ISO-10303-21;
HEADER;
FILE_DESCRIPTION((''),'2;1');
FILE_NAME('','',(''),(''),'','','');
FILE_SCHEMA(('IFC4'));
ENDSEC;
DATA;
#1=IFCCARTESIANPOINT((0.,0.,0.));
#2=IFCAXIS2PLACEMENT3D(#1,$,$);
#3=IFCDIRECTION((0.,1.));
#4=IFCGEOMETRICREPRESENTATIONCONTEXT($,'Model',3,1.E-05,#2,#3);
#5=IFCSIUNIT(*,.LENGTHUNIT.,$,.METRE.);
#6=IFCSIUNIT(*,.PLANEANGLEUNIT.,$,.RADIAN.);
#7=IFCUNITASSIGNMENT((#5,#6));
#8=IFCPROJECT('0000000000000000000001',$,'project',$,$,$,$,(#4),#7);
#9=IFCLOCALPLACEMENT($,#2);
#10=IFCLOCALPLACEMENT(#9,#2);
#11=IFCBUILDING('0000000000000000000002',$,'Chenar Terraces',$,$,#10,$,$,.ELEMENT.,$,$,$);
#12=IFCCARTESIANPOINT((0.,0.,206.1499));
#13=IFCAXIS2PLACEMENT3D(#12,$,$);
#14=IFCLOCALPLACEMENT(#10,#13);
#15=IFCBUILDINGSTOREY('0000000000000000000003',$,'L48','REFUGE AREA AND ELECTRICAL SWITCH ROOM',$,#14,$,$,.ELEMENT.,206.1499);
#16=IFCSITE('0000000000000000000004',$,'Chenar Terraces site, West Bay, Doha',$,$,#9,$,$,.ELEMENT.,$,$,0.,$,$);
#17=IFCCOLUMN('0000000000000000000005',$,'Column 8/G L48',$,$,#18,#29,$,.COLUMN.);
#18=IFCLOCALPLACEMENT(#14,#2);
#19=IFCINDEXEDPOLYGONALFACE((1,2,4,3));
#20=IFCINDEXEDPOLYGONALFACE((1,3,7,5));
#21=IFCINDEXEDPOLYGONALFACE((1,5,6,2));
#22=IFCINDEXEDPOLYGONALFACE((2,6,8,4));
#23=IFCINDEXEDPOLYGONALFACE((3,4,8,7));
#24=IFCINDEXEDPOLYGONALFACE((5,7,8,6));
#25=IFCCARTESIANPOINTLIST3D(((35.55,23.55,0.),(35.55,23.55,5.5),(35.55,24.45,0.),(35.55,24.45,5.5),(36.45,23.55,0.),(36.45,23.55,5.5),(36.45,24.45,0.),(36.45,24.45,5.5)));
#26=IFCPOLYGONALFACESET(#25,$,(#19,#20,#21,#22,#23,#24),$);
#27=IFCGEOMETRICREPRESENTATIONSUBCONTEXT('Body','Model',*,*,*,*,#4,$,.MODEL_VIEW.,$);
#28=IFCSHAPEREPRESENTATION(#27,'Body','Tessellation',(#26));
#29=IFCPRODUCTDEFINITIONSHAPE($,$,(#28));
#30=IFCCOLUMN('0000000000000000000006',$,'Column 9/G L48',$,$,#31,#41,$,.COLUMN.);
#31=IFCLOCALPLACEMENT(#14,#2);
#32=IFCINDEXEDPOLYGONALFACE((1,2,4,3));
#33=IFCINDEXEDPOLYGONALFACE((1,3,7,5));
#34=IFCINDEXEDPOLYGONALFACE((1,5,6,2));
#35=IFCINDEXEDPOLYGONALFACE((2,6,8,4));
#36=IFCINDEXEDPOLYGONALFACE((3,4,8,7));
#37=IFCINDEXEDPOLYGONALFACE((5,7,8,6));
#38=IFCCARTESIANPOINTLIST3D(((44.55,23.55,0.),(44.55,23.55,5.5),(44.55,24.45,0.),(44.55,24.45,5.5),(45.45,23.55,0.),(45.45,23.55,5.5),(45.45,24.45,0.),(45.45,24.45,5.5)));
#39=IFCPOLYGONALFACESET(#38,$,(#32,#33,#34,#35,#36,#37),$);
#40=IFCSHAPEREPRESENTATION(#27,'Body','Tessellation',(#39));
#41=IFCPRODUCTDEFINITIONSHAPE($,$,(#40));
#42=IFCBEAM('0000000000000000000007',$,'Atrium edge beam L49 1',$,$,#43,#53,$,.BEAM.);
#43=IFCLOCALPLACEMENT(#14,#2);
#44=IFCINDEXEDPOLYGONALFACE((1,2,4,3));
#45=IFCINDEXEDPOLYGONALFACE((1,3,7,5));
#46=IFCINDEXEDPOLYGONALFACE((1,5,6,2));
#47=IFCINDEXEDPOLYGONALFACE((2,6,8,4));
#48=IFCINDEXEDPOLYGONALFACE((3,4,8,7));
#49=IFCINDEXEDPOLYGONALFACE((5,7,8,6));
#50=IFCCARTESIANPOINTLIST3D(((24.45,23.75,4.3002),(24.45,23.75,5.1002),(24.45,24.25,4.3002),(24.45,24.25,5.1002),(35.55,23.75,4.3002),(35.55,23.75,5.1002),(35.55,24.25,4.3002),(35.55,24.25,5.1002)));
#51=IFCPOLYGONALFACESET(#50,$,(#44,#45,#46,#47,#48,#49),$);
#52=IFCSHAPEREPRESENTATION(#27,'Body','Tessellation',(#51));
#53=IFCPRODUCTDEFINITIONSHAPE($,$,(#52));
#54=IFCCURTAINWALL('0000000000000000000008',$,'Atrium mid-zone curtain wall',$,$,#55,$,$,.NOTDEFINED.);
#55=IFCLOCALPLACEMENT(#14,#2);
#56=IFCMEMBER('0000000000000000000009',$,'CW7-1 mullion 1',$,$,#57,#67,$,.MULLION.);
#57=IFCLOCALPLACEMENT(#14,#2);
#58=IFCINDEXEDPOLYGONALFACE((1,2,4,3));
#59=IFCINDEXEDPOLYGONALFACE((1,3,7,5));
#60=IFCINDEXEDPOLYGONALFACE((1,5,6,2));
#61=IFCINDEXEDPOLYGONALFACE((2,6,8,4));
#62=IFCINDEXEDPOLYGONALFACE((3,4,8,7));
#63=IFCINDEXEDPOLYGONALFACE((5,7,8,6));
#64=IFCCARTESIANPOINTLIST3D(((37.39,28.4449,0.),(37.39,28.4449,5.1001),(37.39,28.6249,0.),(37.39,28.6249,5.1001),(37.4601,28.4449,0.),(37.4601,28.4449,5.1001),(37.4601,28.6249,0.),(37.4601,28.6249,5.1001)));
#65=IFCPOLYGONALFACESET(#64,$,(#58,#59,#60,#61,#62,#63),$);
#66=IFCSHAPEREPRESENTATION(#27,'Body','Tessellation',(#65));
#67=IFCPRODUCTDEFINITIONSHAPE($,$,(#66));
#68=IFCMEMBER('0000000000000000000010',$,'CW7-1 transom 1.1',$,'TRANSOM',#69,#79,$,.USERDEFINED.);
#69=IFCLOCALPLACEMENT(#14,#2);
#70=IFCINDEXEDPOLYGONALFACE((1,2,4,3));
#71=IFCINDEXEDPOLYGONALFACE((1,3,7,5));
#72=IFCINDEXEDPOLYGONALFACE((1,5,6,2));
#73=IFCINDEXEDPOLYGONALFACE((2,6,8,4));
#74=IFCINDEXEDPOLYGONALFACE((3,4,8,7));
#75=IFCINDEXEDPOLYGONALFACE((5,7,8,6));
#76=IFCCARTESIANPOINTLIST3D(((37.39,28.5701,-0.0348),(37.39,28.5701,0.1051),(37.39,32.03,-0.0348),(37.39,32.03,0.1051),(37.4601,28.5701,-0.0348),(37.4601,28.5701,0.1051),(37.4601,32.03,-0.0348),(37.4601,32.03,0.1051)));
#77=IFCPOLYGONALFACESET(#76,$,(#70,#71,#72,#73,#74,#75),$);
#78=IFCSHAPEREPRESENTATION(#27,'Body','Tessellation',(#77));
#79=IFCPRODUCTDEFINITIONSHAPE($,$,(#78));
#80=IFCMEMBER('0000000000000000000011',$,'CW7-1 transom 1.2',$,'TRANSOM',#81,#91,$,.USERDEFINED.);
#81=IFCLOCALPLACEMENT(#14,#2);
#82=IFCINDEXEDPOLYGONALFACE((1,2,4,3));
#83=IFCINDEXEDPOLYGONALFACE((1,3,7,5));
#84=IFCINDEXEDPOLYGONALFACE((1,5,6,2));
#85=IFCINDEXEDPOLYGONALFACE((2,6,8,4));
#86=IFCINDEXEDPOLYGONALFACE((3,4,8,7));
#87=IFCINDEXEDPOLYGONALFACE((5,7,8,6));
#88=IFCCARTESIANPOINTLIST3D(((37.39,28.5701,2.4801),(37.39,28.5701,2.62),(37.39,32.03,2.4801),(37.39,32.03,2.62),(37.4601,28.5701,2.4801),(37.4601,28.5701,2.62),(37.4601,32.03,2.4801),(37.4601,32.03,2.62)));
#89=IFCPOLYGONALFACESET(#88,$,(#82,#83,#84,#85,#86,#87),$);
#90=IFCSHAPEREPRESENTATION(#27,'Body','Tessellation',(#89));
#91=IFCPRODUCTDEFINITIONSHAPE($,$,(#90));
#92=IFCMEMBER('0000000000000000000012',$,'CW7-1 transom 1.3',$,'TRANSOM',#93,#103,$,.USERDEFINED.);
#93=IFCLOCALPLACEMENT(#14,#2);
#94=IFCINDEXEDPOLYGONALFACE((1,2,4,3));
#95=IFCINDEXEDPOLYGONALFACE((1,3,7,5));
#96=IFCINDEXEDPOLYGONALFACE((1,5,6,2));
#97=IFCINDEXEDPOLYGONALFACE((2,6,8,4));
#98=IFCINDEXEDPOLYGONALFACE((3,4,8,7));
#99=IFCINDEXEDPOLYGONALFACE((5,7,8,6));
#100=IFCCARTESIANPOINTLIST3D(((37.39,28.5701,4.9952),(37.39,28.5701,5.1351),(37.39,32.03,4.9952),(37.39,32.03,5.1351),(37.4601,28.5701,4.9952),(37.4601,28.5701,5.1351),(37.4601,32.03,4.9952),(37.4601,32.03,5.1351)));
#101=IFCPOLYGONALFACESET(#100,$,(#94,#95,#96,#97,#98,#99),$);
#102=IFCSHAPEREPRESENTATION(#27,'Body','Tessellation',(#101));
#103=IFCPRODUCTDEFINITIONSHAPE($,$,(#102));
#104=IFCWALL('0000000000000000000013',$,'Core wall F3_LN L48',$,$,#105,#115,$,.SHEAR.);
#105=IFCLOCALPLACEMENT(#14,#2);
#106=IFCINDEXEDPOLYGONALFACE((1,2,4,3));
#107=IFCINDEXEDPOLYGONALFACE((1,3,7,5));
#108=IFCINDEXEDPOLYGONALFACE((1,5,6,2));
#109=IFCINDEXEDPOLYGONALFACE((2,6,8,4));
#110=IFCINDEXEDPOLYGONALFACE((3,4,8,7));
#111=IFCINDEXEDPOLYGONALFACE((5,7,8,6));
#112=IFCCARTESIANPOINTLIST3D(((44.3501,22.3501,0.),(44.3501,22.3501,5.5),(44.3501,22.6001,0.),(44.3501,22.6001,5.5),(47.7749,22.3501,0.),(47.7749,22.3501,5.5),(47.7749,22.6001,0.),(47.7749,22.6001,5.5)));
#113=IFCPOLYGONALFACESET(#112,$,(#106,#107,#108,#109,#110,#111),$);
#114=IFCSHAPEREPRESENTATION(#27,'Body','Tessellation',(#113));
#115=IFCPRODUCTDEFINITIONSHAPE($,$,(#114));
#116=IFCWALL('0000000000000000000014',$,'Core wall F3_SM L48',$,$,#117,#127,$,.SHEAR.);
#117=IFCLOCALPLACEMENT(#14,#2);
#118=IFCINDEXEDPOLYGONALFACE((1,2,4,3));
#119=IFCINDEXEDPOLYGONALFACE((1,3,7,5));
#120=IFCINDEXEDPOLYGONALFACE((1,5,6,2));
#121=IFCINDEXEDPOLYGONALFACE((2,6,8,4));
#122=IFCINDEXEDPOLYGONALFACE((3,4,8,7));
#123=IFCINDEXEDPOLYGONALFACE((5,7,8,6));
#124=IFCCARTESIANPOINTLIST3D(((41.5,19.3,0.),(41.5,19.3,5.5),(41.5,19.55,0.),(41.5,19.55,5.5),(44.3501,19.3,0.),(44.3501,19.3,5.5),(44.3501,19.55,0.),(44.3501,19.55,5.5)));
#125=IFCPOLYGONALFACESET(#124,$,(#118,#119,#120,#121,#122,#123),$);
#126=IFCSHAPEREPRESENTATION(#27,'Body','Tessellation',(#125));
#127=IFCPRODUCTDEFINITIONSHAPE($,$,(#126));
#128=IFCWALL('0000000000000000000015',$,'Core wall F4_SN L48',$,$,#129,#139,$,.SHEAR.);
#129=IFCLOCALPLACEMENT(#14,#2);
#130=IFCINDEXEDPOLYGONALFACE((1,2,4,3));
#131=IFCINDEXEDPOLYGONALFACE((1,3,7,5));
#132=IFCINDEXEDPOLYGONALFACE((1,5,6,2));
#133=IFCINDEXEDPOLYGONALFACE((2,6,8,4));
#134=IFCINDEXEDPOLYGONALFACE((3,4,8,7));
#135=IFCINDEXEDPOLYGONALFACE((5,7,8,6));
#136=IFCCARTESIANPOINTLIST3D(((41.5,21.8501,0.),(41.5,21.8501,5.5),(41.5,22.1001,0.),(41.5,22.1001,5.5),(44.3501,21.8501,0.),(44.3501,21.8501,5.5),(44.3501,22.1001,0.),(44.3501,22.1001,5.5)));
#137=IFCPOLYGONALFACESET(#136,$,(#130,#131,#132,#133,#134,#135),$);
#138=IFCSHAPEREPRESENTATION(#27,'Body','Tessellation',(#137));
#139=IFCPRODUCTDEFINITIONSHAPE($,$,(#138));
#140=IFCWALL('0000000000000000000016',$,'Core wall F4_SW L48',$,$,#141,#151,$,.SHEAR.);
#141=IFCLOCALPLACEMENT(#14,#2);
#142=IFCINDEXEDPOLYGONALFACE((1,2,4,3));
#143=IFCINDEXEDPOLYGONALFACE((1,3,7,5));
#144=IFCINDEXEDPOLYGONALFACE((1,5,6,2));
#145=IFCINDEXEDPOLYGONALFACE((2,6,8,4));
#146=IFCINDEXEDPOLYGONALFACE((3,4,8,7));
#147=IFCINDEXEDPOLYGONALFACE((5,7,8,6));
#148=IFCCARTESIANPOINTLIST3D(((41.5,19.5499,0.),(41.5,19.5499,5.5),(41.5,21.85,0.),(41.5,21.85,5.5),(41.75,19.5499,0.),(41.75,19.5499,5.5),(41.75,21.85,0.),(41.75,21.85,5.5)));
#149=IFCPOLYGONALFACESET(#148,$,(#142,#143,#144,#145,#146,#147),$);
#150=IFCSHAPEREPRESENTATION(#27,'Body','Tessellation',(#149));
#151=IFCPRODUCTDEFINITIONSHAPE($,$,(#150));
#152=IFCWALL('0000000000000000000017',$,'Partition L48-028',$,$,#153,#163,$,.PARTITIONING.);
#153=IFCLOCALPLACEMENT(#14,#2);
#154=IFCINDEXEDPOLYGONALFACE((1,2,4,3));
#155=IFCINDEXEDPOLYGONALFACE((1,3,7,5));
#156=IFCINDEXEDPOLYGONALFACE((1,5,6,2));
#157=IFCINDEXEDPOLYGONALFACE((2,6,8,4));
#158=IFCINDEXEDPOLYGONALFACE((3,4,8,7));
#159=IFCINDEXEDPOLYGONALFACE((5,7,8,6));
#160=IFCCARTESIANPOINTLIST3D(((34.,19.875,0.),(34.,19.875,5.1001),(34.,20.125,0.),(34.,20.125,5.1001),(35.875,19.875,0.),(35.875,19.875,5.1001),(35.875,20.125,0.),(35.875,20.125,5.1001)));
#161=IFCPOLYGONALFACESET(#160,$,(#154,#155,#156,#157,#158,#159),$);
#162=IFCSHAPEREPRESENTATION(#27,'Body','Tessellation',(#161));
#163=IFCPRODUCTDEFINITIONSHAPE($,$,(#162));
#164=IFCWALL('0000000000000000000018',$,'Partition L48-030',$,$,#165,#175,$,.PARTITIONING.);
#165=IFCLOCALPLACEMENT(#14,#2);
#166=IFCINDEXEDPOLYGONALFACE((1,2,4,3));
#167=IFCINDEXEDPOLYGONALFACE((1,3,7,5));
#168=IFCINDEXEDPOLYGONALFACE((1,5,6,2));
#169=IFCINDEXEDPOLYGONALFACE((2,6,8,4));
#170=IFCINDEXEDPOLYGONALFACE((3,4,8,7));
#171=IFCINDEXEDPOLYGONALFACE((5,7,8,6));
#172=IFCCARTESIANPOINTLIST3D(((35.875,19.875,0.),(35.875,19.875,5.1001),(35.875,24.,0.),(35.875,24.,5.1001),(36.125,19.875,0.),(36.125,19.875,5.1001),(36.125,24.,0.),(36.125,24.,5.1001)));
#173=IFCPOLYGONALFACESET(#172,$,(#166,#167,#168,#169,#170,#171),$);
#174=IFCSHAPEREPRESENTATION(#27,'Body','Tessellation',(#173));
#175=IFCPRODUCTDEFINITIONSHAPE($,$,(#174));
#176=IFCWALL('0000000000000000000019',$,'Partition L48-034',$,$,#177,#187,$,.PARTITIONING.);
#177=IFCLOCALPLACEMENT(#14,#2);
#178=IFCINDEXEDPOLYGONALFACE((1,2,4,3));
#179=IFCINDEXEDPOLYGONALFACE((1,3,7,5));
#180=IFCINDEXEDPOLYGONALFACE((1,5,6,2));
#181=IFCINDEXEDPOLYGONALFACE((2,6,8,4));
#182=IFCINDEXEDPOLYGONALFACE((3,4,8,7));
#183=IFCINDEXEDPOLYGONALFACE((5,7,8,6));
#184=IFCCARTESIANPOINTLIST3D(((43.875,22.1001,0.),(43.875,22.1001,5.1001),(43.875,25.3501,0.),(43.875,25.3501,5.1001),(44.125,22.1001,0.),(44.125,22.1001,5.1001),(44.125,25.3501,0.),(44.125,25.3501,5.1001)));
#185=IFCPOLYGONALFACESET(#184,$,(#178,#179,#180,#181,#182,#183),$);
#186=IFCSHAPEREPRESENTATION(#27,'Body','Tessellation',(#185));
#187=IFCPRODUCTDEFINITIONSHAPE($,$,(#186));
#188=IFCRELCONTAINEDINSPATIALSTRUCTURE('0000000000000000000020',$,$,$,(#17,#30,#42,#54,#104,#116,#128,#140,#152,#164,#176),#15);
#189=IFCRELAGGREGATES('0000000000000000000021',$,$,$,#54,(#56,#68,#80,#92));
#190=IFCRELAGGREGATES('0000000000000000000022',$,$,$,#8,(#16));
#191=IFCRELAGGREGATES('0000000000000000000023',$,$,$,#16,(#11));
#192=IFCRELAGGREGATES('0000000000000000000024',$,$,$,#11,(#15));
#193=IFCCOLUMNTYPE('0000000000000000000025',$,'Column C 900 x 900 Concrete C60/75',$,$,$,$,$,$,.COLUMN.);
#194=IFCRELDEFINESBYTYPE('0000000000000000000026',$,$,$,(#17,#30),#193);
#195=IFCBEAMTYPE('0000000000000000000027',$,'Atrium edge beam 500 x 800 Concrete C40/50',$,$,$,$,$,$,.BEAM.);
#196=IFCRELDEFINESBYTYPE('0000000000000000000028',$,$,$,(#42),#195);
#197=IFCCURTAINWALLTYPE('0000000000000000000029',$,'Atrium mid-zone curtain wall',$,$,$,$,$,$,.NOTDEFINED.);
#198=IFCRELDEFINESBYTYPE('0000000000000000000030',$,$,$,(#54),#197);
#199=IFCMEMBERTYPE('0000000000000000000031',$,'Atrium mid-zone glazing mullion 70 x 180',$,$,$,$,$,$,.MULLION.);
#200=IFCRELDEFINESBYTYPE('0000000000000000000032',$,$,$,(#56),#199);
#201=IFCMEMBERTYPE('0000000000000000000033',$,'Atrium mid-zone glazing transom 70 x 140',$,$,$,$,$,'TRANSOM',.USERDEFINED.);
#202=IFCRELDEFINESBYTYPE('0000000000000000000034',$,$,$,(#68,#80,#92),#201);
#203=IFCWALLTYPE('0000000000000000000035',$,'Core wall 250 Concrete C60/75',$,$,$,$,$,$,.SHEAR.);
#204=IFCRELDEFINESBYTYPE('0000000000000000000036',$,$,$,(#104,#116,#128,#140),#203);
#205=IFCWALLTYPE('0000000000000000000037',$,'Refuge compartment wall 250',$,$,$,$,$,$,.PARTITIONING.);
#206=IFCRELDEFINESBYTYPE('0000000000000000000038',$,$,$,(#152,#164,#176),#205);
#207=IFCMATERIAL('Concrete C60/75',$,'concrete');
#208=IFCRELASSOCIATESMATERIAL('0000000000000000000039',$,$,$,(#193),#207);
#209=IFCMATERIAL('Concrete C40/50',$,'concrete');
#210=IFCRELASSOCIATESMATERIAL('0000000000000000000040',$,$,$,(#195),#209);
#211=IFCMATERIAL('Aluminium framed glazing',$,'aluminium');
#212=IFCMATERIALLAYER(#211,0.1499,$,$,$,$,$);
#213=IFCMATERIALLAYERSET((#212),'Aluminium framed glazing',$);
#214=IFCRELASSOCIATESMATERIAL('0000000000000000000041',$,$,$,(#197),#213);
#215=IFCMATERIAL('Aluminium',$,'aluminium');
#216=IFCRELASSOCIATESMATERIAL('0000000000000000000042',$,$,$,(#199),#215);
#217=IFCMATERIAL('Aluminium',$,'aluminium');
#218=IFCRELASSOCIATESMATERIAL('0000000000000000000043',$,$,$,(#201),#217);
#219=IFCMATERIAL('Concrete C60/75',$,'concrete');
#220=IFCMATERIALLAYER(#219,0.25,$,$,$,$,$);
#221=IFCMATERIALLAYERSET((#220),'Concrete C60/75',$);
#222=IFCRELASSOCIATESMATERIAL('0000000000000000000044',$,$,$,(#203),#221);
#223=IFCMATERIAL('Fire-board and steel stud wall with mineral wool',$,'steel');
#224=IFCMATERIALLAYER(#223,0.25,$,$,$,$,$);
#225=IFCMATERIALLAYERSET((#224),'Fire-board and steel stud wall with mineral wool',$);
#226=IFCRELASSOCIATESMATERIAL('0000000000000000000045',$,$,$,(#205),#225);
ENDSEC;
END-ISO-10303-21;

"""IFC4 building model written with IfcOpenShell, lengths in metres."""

from ifc_helpers import new_model, si_unit, direction, frame, frame_2d, origin, origin_2d, place, context, subcontext, project, spatial, rectangle, extrude, material, layer, layer_set, material_profile, profile_set, type_object, element, aggregate, save


model = new_model("IFC4")

# Units and contexts
model_context = context("Model", 3, precision=1e-05, world=origin(), true_north=direction((0.0, 1.0)))
body_context = subcontext(model_context, "Body", "Model", "MODEL_VIEW")
ifc_project = project(units=[si_unit("LENGTHUNIT", "METRE"), si_unit("PLANEANGLEUNIT", "RADIAN")], contexts=[model_context])

# Site, building, storey
site_placement = place(None, origin())
site = spatial("IfcSite", under=ifc_project, at=site_placement, Name="Chenar Terraces site, West Bay, Doha", CompositionType="ELEMENT", RefElevation=0.0)
building_placement = place(site_placement, origin())
building = spatial("IfcBuilding", under=site, at=building_placement, Name="Chenar Terraces", CompositionType="ELEMENT")
storey_placement = place(building_placement, frame((0.0, 0.0, 206.1499)))
storey = spatial("IfcBuildingStorey", under=building, at=storey_placement, Name="L48", Description="REFUGE AREA AND ELECTRICAL SWITCH ROOM", CompositionType="ELEMENT", Elevation=206.1499)

# Columns
ifc_material_1 = material(Name="Concrete C60/75", Category="concrete")
ifc_material_profile_1 = material_profile(ifc_material_1, rectangle(XDim=0.8999, YDim=0.8999, at=origin_2d()), Name="C 900 x 900")
ifc_profile_set_1 = profile_set([ifc_material_profile_1], Name="Concrete C60/75")
column_type = type_object("IfcColumnType", Name="Column C 900 x 900 Concrete C60/75", PredefinedType="COLUMN", material=ifc_profile_set_1)
for number, where, z_axis, x_axis, name in (
    (1, (36.0, 24.0, 0.0), (0.0, 0.0, 1.0), (1.0, 0.0, 0.0), "Column 8/G L48"),
    (2, (45.0, 24.0, 0.0), (0.0, 0.0, 1.0), (1.0, 0.0, 0.0), "Column 9/G L48"),
):
    element("IfcColumn", number, at=place(storey_placement, frame(where, z_axis=z_axis, x_axis=x_axis)), inside=storey, type_object=column_type, Name=name, PredefinedType="COLUMN", context=body_context, shape_type="SweptSolid", body=[
        extrude(rectangle(XDim=0.8999, YDim=0.8999, at=origin_2d()), origin(), (0.0, 0.0, 1.0), 5.5),
    ])

# Beam
ifc_material_2 = material(Name="Concrete C40/50", Category="concrete")
ifc_material_profile_2 = material_profile(ifc_material_2, rectangle(XDim=0.5, YDim=0.8, at=origin_2d()), Name="RC 500 x 800")
ifc_profile_set_2 = profile_set([ifc_material_profile_2], Name="Concrete C40/50")
beam_type = type_object("IfcBeamType", Name="Atrium edge beam 500 x 800 Concrete C40/50", PredefinedType="BEAM", material=ifc_profile_set_2)
beam_placement = place(storey_placement, frame((24.45, 24.0, 4.7002), z_axis=(1.0, 0.0, 0.0), x_axis=(0.0, 1.0, 0.0)))
element("IfcBeam", 3, at=beam_placement, inside=storey, type_object=beam_type, Name="Atrium edge beam L49 1", PredefinedType="BEAM", context=body_context, shape_type="SweptSolid", body=[
    extrude(rectangle(XDim=0.5, YDim=0.8, at=origin_2d()), origin(), (0.0, 0.0, 1.0), 11.1001),
])

# Curtain wall, members
ifc_material_3 = material(Name="Aluminium framed glazing", Category="aluminium")
ifc_layer_1 = layer(ifc_material_3, 0.1499)
ifc_layer_set_1 = layer_set([ifc_layer_1], Name="Aluminium framed glazing")
curtain_wall_type = type_object("IfcCurtainWallType", Name="Atrium mid-zone curtain wall", PredefinedType="NOTDEFINED", material=ifc_layer_set_1)
curtain_wall_placement = place(storey_placement, origin())
curtain_wall = element("IfcCurtainWall", 4, at=curtain_wall_placement, inside=storey, type_object=curtain_wall_type, Name="Atrium mid-zone curtain wall", PredefinedType="NOTDEFINED")
ifc_material_4 = material(Name="Aluminium", Category="aluminium")
ifc_material_profile_3 = material_profile(ifc_material_4, rectangle(XDim=0.0701, YDim=0.1799, at=origin_2d()), Name="Atrium mid-zone glazing mullion 70 x 180")
ifc_profile_set_3 = profile_set([ifc_material_profile_3], Name="Aluminium")
member_type_1 = type_object("IfcMemberType", Name="Atrium mid-zone glazing mullion 70 x 180", PredefinedType="MULLION", material=ifc_profile_set_3)
member_1_placement = place(storey_placement, frame((37.425, 28.5349, 0.0), z_axis=(0.0, 0.0, 1.0), x_axis=(-1.0, 0.0, 0.0)))
member_1 = element("IfcMember", 5, at=member_1_placement, type_object=member_type_1, Name="CW7-1 mullion 1", PredefinedType="MULLION", context=body_context, shape_type="SweptSolid", body=[
    extrude(rectangle(XDim=0.0701, YDim=0.1799, at=origin_2d()), origin(), (0.0, 0.0, 1.0), 5.1001),
])
ifc_material_5 = material(Name="Aluminium", Category="aluminium")
ifc_material_profile_4 = material_profile(ifc_material_5, rectangle(XDim=0.0701, YDim=0.1399, at=origin_2d()), Name="Atrium mid-zone glazing transom 70 x 140")
ifc_profile_set_4 = profile_set([ifc_material_profile_4], Name="Aluminium")
member_type_2 = type_object("IfcMemberType", Name="Atrium mid-zone glazing transom 70 x 140", ElementType="TRANSOM", PredefinedType="USERDEFINED", material=ifc_profile_set_4)
member_2_placement = place(storey_placement, frame((37.425, 28.5701, 0.0352), z_axis=(0.0, 1.0, 0.0), x_axis=(-1.0, 0.0, 0.0)))
member_2 = element("IfcMember", 6, at=member_2_placement, type_object=member_type_2, Name="CW7-1 transom 1.1", ObjectType="TRANSOM", PredefinedType="USERDEFINED", context=body_context, shape_type="SweptSolid", body=[
    extrude(rectangle(XDim=0.0701, YDim=0.1399, at=origin_2d()), origin(), (0.0, 0.0, 1.0), 3.46),
])
member_3_placement = place(storey_placement, frame((37.425, 28.5701, 2.55), z_axis=(0.0, 1.0, 0.0), x_axis=(-1.0, 0.0, 0.0)))
member_3 = element("IfcMember", 7, at=member_3_placement, type_object=member_type_2, Name="CW7-1 transom 1.2", ObjectType="TRANSOM", PredefinedType="USERDEFINED", context=body_context, shape_type="SweptSolid", body=[
    extrude(rectangle(XDim=0.0701, YDim=0.1399, at=origin_2d()), origin(), (0.0, 0.0, 1.0), 3.46),
])
member_4_placement = place(storey_placement, frame((37.425, 28.5701, 5.0652), z_axis=(0.0, 1.0, 0.0), x_axis=(-1.0, 0.0, 0.0)))
member_4 = element("IfcMember", 8, at=member_4_placement, type_object=member_type_2, Name="CW7-1 transom 1.3", ObjectType="TRANSOM", PredefinedType="USERDEFINED", context=body_context, shape_type="SweptSolid", body=[
    extrude(rectangle(XDim=0.0701, YDim=0.1399, at=origin_2d()), origin(), (0.0, 0.0, 1.0), 3.46),
])
aggregate(curtain_wall, [member_1, member_2, member_3, member_4])

# Walls
ifc_material_6 = material(Name="Concrete C60/75", Category="concrete")
ifc_layer_2 = layer(ifc_material_6, 0.25)
ifc_layer_set_2 = layer_set([ifc_layer_2], Name="Concrete C60/75")
wall_type_1 = type_object("IfcWallType", Name="Core wall 250 Concrete C60/75", PredefinedType="SHEAR", material=ifc_layer_set_2)
wall_1_placement = place(storey_placement, frame((44.3501, 22.4751, 0.0), z_axis=(0.0, 0.0, 1.0), x_axis=(1.0, 0.0, 0.0)))
element("IfcWall", 9, at=wall_1_placement, inside=storey, type_object=wall_type_1, Name="Core wall F3_LN L48", PredefinedType="SHEAR", context=body_context, shape_type="SweptSolid", body=[
    extrude(rectangle(XDim=3.4248, YDim=0.25, at=frame_2d((1.7124, 0.0))), origin(), (0.0, 0.0, 1.0), 5.5),
])
for number, where, z_axis, x_axis, name in (
    (10, (41.5, 19.425, 0.0), (0.0, 0.0, 1.0), (1.0, 0.0, 0.0), "Core wall F3_SM L48"),
    (11, (41.5, 21.9751, 0.0), (0.0, 0.0, 1.0), (1.0, 0.0, 0.0), "Core wall F4_SN L48"),
):
    element("IfcWall", number, at=place(storey_placement, frame(where, z_axis=z_axis, x_axis=x_axis)), inside=storey, type_object=wall_type_1, Name=name, PredefinedType="SHEAR", context=body_context, shape_type="SweptSolid", body=[
        extrude(rectangle(XDim=2.8501, YDim=0.25, at=frame_2d((1.425, 0.0))), origin(), (0.0, 0.0, 1.0), 5.5),
    ])
wall_2_placement = place(storey_placement, frame((41.625, 19.55, 0.0), z_axis=(0.0, 0.0, 1.0), x_axis=(0.0, 1.0, 0.0)))
element("IfcWall", 12, at=wall_2_placement, inside=storey, type_object=wall_type_1, Name="Core wall F4_SW L48", PredefinedType="SHEAR", context=body_context, shape_type="SweptSolid", body=[
    extrude(rectangle(XDim=2.3, YDim=0.25, at=frame_2d((1.1499, 0.0))), origin(), (0.0, 0.0, 1.0), 5.5),
])
ifc_material_7 = material(Name="Fire-board and steel stud wall with mineral wool", Category="steel")
ifc_layer_3 = layer(ifc_material_7, 0.25)
ifc_layer_set_3 = layer_set([ifc_layer_3], Name="Fire-board and steel stud wall with mineral wool")
wall_type_2 = type_object("IfcWallType", Name="Refuge compartment wall 250", PredefinedType="PARTITIONING", material=ifc_layer_set_3)
wall_3_placement = place(storey_placement, frame((34.0, 20.0, 0.0), z_axis=(0.0, 0.0, 1.0), x_axis=(1.0, 0.0, 0.0)))
element("IfcWall", 13, at=wall_3_placement, inside=storey, type_object=wall_type_2, Name="Partition L48-028", PredefinedType="PARTITIONING", context=body_context, shape_type="SweptSolid", body=[
    extrude(rectangle(XDim=1.875, YDim=0.25, at=frame_2d((0.9375, 0.0))), origin(), (0.0, 0.0, 1.0), 5.1001),
])
wall_4_placement = place(storey_placement, frame((36.0, 19.875, 0.0), z_axis=(0.0, 0.0, 1.0), x_axis=(0.0, 1.0, 0.0)))
element("IfcWall", 14, at=wall_4_placement, inside=storey, type_object=wall_type_2, Name="Partition L48-030", PredefinedType="PARTITIONING", context=body_context, shape_type="SweptSolid", body=[
    extrude(rectangle(XDim=4.125, YDim=0.25, at=frame_2d((2.0625, 0.0))), origin(), (0.0, 0.0, 1.0), 5.1001),
])
wall_5_placement = place(storey_placement, frame((44.0, 22.1001, 0.0), z_axis=(0.0, 0.0, 1.0), x_axis=(0.0, 1.0, 0.0)))
element("IfcWall", 15, at=wall_5_placement, inside=storey, type_object=wall_type_2, Name="Partition L48-034", PredefinedType="PARTITIONING", context=body_context, shape_type="SweptSolid", body=[
    extrude(rectangle(XDim=3.25, YDim=0.25, at=frame_2d((1.625, 0.0))), origin(), (0.0, 0.0, 1.0), 5.1001),
])

save(model, "model.ifc")
